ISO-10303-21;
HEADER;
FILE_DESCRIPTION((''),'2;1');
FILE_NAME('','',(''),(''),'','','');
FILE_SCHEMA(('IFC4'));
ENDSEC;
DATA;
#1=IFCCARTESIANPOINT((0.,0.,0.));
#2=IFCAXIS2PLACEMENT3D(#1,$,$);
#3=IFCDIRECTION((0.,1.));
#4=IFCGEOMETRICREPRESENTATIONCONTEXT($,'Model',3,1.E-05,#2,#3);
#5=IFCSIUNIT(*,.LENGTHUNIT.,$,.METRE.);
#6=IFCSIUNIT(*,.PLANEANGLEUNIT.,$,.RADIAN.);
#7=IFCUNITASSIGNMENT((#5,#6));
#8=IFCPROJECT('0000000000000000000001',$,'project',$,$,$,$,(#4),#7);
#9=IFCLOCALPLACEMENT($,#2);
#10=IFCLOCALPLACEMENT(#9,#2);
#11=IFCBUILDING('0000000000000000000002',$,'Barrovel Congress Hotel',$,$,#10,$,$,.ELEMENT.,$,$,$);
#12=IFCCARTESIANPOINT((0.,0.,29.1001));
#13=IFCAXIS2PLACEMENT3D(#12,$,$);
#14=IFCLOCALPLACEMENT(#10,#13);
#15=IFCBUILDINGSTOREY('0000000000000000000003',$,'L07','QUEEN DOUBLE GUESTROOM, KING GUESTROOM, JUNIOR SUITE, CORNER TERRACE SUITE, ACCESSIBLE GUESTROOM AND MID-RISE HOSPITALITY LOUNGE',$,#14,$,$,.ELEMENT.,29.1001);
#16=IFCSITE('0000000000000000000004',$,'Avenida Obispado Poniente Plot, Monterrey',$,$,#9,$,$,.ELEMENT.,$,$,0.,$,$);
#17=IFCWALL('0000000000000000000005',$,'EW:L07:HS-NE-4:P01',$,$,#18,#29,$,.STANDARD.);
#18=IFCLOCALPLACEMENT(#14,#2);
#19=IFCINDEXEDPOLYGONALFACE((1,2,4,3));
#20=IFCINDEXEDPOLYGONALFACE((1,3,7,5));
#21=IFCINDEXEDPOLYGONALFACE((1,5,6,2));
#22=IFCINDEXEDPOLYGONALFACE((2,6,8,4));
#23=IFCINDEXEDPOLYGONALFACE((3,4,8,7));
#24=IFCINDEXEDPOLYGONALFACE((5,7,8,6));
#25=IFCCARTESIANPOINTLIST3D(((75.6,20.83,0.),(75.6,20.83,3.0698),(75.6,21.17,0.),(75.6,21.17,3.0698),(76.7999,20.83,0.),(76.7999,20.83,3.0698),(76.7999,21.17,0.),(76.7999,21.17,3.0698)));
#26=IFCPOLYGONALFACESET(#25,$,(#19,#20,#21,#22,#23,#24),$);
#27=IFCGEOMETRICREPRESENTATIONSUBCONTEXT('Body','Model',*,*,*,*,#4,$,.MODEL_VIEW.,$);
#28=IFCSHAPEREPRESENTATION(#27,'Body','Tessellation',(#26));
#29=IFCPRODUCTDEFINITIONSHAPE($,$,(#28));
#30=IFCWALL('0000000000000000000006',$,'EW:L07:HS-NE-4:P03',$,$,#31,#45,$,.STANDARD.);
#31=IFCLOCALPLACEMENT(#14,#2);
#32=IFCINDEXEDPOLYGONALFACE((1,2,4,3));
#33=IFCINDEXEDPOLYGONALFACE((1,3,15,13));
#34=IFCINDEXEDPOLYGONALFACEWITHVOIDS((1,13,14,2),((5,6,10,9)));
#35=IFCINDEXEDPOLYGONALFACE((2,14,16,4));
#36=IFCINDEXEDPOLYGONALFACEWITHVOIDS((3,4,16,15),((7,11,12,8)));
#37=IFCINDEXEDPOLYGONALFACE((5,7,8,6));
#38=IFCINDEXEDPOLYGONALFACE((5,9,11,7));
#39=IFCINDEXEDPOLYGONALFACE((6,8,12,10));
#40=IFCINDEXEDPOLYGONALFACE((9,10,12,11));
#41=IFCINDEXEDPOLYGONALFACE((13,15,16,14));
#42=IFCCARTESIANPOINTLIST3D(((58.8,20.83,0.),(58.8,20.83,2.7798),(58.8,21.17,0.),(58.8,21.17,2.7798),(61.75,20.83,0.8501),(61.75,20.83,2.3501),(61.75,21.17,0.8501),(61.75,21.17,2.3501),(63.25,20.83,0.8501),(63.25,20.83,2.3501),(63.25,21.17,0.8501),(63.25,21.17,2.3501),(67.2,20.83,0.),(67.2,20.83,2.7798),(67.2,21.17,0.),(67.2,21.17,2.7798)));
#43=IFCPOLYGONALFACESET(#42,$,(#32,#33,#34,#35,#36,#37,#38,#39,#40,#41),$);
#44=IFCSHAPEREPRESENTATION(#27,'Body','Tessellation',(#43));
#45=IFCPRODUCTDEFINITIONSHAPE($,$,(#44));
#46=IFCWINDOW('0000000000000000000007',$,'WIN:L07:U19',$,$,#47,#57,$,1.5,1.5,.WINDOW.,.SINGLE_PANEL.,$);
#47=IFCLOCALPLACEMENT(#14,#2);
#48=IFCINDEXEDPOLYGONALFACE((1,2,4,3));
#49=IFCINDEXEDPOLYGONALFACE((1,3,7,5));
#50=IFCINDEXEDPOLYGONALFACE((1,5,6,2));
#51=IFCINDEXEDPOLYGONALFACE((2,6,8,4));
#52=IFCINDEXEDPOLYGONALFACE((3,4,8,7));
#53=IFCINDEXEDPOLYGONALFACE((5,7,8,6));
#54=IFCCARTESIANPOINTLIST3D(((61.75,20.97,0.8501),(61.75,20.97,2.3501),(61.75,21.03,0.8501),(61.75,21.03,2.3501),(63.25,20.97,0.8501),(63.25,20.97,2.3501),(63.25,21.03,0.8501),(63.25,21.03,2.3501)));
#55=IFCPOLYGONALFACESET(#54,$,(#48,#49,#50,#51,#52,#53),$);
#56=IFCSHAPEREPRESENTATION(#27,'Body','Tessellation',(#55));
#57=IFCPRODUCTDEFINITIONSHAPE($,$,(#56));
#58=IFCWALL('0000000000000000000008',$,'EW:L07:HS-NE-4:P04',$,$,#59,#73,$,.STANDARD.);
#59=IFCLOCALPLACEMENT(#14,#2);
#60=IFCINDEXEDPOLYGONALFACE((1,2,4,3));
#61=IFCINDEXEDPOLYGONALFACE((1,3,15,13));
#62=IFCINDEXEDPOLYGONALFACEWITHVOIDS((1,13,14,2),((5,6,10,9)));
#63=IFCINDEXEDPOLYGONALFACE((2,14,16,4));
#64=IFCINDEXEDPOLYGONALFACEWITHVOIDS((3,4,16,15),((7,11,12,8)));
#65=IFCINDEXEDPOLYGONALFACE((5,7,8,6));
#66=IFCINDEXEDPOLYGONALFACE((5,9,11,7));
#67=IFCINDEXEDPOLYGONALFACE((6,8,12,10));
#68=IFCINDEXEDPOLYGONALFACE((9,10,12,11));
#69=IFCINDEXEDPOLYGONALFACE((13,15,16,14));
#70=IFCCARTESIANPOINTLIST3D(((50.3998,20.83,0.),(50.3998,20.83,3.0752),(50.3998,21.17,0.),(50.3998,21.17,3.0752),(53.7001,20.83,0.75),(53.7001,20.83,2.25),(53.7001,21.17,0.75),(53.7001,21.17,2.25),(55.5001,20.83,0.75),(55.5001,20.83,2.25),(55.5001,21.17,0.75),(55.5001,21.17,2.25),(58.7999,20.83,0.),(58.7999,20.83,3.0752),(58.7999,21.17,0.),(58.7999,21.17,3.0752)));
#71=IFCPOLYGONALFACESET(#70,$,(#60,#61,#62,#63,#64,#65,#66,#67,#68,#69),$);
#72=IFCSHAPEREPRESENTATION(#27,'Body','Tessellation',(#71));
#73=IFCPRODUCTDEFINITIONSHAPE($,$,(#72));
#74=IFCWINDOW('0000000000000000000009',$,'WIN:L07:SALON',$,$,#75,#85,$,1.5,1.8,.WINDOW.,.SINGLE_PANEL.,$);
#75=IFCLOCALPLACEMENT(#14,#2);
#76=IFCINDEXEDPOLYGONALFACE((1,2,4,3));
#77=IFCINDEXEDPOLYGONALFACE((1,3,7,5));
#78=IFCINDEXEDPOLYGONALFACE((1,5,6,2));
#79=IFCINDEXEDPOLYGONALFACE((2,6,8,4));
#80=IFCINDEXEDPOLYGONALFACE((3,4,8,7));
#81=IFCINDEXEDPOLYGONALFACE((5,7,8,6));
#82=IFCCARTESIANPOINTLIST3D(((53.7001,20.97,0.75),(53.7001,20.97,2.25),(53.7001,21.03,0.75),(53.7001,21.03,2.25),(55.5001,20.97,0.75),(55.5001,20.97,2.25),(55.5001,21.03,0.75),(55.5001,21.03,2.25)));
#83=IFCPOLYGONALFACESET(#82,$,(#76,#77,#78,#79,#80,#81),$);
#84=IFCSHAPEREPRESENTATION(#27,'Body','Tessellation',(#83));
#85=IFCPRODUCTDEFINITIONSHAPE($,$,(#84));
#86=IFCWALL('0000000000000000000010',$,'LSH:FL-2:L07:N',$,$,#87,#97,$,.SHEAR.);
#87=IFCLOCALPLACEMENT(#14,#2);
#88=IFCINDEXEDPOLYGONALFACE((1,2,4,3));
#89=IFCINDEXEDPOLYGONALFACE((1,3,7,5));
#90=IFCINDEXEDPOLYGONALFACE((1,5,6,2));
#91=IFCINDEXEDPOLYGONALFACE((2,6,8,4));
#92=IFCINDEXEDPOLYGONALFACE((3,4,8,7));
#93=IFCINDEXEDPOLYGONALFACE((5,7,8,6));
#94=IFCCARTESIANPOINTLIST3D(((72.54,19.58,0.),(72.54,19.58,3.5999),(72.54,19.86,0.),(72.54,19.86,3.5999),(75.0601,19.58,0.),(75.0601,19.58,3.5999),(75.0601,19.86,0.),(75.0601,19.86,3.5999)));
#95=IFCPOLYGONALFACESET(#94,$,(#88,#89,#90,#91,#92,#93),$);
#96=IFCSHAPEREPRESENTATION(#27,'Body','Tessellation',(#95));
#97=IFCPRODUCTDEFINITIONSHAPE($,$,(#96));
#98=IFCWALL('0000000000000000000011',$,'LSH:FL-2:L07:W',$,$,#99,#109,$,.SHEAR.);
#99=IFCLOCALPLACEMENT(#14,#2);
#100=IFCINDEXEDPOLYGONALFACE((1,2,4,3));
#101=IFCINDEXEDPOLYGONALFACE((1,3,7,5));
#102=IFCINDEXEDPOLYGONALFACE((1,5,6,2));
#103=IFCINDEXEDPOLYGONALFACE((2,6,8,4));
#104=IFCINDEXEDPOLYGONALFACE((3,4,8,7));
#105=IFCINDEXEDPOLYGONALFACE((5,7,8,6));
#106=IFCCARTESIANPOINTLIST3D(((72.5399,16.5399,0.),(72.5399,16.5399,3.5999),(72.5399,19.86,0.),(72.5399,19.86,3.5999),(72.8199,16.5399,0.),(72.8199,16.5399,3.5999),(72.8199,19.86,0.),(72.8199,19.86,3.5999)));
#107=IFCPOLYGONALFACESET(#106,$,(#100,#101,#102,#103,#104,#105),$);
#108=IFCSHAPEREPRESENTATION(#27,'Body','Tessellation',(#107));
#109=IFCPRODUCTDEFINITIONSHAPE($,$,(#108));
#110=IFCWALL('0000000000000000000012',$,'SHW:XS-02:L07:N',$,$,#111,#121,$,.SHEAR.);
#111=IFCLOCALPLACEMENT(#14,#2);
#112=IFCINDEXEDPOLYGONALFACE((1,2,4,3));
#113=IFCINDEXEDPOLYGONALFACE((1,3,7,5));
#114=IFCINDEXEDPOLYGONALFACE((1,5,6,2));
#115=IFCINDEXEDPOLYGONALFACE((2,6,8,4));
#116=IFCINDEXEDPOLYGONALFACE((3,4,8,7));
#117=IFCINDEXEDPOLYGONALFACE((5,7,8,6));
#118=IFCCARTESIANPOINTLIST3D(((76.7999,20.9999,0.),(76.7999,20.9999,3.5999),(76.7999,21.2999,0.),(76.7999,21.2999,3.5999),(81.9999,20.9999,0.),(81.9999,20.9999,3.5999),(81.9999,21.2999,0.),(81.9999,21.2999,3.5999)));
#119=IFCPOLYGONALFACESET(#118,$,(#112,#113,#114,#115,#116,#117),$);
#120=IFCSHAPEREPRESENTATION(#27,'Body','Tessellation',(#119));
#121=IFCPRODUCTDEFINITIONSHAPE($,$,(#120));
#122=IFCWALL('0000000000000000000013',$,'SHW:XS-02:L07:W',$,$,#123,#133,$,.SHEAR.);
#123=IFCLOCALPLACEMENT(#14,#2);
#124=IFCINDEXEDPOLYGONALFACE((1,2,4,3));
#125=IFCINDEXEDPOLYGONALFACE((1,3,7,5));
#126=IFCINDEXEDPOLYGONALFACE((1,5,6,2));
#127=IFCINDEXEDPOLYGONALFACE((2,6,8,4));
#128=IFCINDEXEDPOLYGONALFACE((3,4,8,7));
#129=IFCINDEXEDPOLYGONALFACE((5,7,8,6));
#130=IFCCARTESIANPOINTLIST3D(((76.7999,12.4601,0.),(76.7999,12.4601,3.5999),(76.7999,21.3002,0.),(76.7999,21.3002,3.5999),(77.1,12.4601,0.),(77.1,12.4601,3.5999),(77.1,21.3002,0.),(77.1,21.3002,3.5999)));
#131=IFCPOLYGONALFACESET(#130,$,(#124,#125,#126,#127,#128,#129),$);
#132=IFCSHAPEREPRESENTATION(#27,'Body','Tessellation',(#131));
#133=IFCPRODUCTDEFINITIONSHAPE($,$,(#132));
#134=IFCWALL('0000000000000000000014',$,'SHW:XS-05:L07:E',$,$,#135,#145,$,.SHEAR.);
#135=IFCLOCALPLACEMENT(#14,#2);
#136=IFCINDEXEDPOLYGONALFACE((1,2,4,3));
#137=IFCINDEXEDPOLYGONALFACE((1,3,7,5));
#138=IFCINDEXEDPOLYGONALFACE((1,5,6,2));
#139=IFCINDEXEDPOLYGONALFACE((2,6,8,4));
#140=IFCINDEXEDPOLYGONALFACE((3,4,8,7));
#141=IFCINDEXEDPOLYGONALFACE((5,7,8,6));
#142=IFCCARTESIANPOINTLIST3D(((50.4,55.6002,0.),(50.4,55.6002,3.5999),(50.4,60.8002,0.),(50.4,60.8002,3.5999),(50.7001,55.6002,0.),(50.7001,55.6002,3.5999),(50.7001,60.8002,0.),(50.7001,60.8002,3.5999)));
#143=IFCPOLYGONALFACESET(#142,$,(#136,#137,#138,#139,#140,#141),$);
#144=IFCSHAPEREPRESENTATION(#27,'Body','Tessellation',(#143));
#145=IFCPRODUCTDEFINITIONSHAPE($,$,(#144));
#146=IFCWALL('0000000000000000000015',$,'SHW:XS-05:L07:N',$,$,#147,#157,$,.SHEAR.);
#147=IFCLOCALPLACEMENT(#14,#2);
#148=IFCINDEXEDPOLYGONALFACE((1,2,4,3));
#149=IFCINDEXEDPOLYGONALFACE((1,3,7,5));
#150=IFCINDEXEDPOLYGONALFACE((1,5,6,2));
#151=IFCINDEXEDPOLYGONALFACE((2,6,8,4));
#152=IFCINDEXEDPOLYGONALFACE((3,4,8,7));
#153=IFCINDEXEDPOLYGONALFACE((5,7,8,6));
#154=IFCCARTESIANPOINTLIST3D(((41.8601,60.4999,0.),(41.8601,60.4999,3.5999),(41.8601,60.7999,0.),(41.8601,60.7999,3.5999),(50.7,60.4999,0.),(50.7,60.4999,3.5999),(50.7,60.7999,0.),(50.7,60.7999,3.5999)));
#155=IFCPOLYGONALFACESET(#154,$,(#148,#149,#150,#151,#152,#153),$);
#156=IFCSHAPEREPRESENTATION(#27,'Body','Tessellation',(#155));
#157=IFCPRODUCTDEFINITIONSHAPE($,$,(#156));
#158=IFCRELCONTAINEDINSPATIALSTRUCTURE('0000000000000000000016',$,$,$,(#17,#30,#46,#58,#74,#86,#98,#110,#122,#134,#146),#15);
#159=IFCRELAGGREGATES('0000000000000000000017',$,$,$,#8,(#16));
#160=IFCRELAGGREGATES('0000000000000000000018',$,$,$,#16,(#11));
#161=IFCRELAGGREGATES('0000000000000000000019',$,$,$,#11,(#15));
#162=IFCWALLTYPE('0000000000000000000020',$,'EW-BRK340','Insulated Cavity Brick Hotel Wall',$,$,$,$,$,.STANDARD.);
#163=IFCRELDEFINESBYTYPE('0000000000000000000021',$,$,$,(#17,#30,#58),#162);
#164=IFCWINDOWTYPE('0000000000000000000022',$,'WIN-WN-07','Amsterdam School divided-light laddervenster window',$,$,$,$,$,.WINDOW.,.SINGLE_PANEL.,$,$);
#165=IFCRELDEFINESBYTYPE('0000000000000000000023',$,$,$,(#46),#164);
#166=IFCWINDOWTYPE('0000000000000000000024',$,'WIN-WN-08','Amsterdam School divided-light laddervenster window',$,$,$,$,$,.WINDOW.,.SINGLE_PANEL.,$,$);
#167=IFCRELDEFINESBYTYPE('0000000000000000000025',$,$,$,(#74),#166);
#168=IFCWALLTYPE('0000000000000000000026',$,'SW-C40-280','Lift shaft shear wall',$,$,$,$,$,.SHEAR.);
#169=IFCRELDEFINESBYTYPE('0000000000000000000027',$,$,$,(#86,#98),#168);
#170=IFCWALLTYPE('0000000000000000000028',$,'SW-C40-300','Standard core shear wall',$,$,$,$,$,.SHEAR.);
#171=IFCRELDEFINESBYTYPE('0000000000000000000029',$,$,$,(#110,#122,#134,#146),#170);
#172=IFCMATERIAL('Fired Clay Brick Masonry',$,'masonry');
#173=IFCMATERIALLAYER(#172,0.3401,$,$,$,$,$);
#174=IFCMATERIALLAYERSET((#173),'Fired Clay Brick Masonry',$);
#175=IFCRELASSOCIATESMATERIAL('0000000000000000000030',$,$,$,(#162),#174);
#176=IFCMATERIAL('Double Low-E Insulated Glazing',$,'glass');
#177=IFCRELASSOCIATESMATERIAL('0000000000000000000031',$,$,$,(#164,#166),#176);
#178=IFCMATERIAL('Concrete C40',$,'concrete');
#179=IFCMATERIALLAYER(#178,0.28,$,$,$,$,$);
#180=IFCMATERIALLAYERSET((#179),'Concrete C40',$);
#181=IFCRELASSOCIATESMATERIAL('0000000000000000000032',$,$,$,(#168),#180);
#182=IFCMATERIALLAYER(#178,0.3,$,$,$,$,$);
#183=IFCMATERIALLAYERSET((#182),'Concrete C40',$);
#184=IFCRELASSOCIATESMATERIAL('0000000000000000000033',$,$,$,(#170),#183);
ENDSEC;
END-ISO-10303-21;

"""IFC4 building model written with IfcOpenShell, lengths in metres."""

from ifc_helpers import new_model, si_unit, direction, frame, frame_2d, origin, place, context, subcontext, project, spatial, rectangle, extrude, material, layer, layer_set, type_object, element, fill, save


model = new_model("IFC4")

# Units and contexts
model_context = context("Model", 3, precision=1e-05, world=origin(), true_north=direction((0.0, 1.0)))
body_context = subcontext(model_context, "Body", "Model", "MODEL_VIEW")
ifc_project = project(units=[si_unit("LENGTHUNIT", "METRE"), si_unit("PLANEANGLEUNIT", "RADIAN")], contexts=[model_context])

# Site, building, storey
site_placement = place(None, origin())
site = spatial("IfcSite", under=ifc_project, at=site_placement, Name="Avenida Obispado Poniente Plot, Monterrey", CompositionType="ELEMENT", RefElevation=0.0)
building_placement = place(site_placement, origin())
building = spatial("IfcBuilding", under=site, at=building_placement, Name="Barrovel Congress Hotel", CompositionType="ELEMENT")
storey_placement = place(building_placement, frame((0.0, 0.0, 29.1001)))
storey = spatial("IfcBuildingStorey", under=building, at=storey_placement, Name="L07", Description="QUEEN DOUBLE GUESTROOM, KING GUESTROOM, JUNIOR SUITE, CORNER TERRACE SUITE, ACCESSIBLE GUESTROOM AND MID-RISE HOSPITALITY LOUNGE", CompositionType="ELEMENT", Elevation=29.1001)

# Shared definitions
ifc_material_1 = material(Name="Concrete C40", Category="concrete")

# Shared definitions
ifc_material_2 = material(Name="Fired Clay Brick Masonry", Category="masonry")
ifc_layer_1 = layer(ifc_material_2, 0.3401)
ifc_layer_set_1 = layer_set([ifc_layer_1], Name="Fired Clay Brick Masonry")
wall_type_1 = type_object("IfcWallType", Name="EW-BRK340", Description="Insulated Cavity Brick Hotel Wall", PredefinedType="STANDARD", material=ifc_layer_set_1)
ifc_material_3 = material(Name="Double Low-E Insulated Glazing", Category="glass")
window_type_1 = type_object("IfcWindowType", Name="WIN-WN-07", Description="Amsterdam School divided-light laddervenster window", PartitioningType="SINGLE_PANEL", PredefinedType="WINDOW", material=ifc_material_3)

# Wall
wall_1_placement = place(storey_placement, frame((76.8, 21.0, 0.0), z_axis=(0.0, 0.0, 1.0), x_axis=(-1.0, 0.0, 0.0)))
element("IfcWall", 1, at=wall_1_placement, inside=storey, type_object=wall_type_1, Name="EW:L07:HS-NE-4:P01", PredefinedType="STANDARD", context=body_context, shape_type="SweptSolid", body=[
    extrude(rectangle(XDim=1.2, YDim=0.3401, at=frame_2d((0.6001, 0.0))), origin(), (0.0, 0.0, 1.0), 3.0698),
])

# Walls, openings, windows
wall_2_placement = place(storey_placement, frame((67.2, 21.0, 0.0), z_axis=(0.0, 0.0, 1.0), x_axis=(-1.0, 0.0, 0.0)))
wall_2 = element("IfcWall", 2, at=wall_2_placement, inside=storey, type_object=wall_type_1, Name="EW:L07:HS-NE-4:P03", PredefinedType="STANDARD", context=body_context, shape_type="SweptSolid", body=[
    extrude(rectangle(XDim=8.3999, YDim=0.3401, at=frame_2d((4.2, 0.0))), origin(), (0.0, 0.0, 1.0), 2.7798),
])
opening_1_placement = place(wall_2_placement, frame((3.95, 0.0, 0.8501)))
opening_1 = element("IfcOpeningElement", 3, at=opening_1_placement, cuts=wall_2, PredefinedType="OPENING", context=body_context, shape_type="SweptSolid", body=[
    extrude(rectangle(XDim=1.5, YDim=1.5, at=frame_2d((0.75, 0.75))), frame((0.0, 0.1802, 0.0), z_axis=(0.0, -1.0, 0.0), x_axis=(1.0, 0.0, 0.0)), (0.0, 0.0, 1.0), 0.3601),
])
window_1_placement = place(opening_1_placement, origin())
window_1 = element("IfcWindow", 4, at=window_1_placement, inside=storey, type_object=window_type_1, Name="WIN:L07:U19", OverallHeight=1.5, OverallWidth=1.5, PartitioningType="SINGLE_PANEL", PredefinedType="WINDOW", context=body_context, shape_type="SweptSolid", body=[
    extrude(rectangle(XDim=1.5, YDim=1.5, at=frame_2d((0.75, 0.75))), frame((0.0, 0.03, 0.0), z_axis=(0.0, -1.0, 0.0), x_axis=(1.0, 0.0, 0.0)), (0.0, 0.0, 1.0), 0.0601),
])
fill(opening_1, window_1)
wall_3_placement = place(storey_placement, frame((58.8, 21.0, 0.0), z_axis=(0.0, 0.0, 1.0), x_axis=(-1.0, 0.0, 0.0)))
wall_3 = element("IfcWall", 5, at=wall_3_placement, inside=storey, type_object=wall_type_1, Name="EW:L07:HS-NE-4:P04", PredefinedType="STANDARD", context=body_context, shape_type="SweptSolid", body=[
    extrude(rectangle(XDim=8.4001, YDim=0.3401, at=frame_2d((4.2002, 0.0))), origin(), (0.0, 0.0, 1.0), 3.0752),
])
opening_2_placement = place(wall_3_placement, frame((3.3, 0.0, 0.75)))
opening_2 = element("IfcOpeningElement", 6, at=opening_2_placement, cuts=wall_3, PredefinedType="OPENING", context=body_context, shape_type="SweptSolid", body=[
    extrude(rectangle(XDim=1.8, YDim=1.5, at=frame_2d((0.8999, 0.75))), frame((0.0, 0.1802, 0.0), z_axis=(0.0, -1.0, 0.0), x_axis=(1.0, 0.0, 0.0)), (0.0, 0.0, 1.0), 0.3601),
])
window_type_2 = type_object("IfcWindowType", Name="WIN-WN-08", Description="Amsterdam School divided-light laddervenster window", PartitioningType="SINGLE_PANEL", PredefinedType="WINDOW", material=ifc_material_3)
window_2_placement = place(opening_2_placement, origin())
window_2 = element("IfcWindow", 7, at=window_2_placement, inside=storey, type_object=window_type_2, Name="WIN:L07:SALON", OverallHeight=1.5, OverallWidth=1.8, PartitioningType="SINGLE_PANEL", PredefinedType="WINDOW", context=body_context, shape_type="SweptSolid", body=[
    extrude(rectangle(XDim=1.8, YDim=1.5, at=frame_2d((0.8999, 0.75))), frame((0.0, 0.03, 0.0), z_axis=(0.0, -1.0, 0.0), x_axis=(1.0, 0.0, 0.0)), (0.0, 0.0, 1.0), 0.0601),
])
fill(opening_2, window_2)

# Walls
ifc_layer_2 = layer(ifc_material_1, 0.28)
ifc_layer_set_2 = layer_set([ifc_layer_2], Name="Concrete C40")
wall_type_2 = type_object("IfcWallType", Name="SW-C40-280", Description="Lift shaft shear wall", PredefinedType="SHEAR", material=ifc_layer_set_2)
wall_4_placement = place(storey_placement, frame((75.0601, 19.72, 0.0), z_axis=(0.0, 0.0, 1.0), x_axis=(-1.0, 0.0, 0.0)))
element("IfcWall", 8, at=wall_4_placement, inside=storey, type_object=wall_type_2, Name="LSH:FL-2:L07:N", PredefinedType="SHEAR", context=body_context, shape_type="SweptSolid", body=[
    extrude(rectangle(XDim=2.52, YDim=0.28, at=frame_2d((1.26, 0.0))), origin(), (0.0, 0.0, 1.0), 3.5999),
])
wall_5_placement = place(storey_placement, frame((72.6799, 19.8601, 0.0), z_axis=(0.0, 0.0, 1.0), x_axis=(0.0, -1.0, 0.0)))
element("IfcWall", 9, at=wall_5_placement, inside=storey, type_object=wall_type_2, Name="LSH:FL-2:L07:W", PredefinedType="SHEAR", context=body_context, shape_type="SweptSolid", body=[
    extrude(rectangle(XDim=3.3201, YDim=0.28, at=frame_2d((1.6602, 0.0))), origin(), (0.0, 0.0, 1.0), 3.5999),
])
ifc_layer_3 = layer(ifc_material_1, 0.3)
ifc_layer_set_3 = layer_set([ifc_layer_3], Name="Concrete C40")
wall_type_3 = type_object("IfcWallType", Name="SW-C40-300", Description="Standard core shear wall", PredefinedType="SHEAR", material=ifc_layer_set_3)
wall_6_placement = place(storey_placement, frame((82.0, 21.1499, 0.0), z_axis=(0.0, 0.0, 1.0), x_axis=(-1.0, 0.0, 0.0)))
element("IfcWall", 10, at=wall_6_placement, inside=storey, type_object=wall_type_3, Name="SHW:XS-02:L07:N", PredefinedType="SHEAR", context=body_context, shape_type="SweptSolid", body=[
    extrude(rectangle(XDim=5.2, YDim=0.3, at=frame_2d((2.6001, 0.0))), origin(), (0.0, 0.0, 1.0), 3.5999),
])
wall_7_placement = place(storey_placement, frame((76.95, 21.3, 0.0), z_axis=(0.0, 0.0, 1.0), x_axis=(0.0, -1.0, 0.0)))
element("IfcWall", 11, at=wall_7_placement, inside=storey, type_object=wall_type_3, Name="SHW:XS-02:L07:W", PredefinedType="SHEAR", context=body_context, shape_type="SweptSolid", body=[
    extrude(rectangle(XDim=8.8401, YDim=0.3, at=frame_2d((4.4199, 0.0))), origin(), (0.0, 0.0, 1.0), 3.5999),
])
wall_8_placement = place(storey_placement, frame((50.55, 55.6001, 0.0), z_axis=(0.0, 0.0, 1.0), x_axis=(0.0, 1.0, 0.0)))
element("IfcWall", 12, at=wall_8_placement, inside=storey, type_object=wall_type_3, Name="SHW:XS-05:L07:E", PredefinedType="SHEAR", context=body_context, shape_type="SweptSolid", body=[
    extrude(rectangle(XDim=5.2, YDim=0.3, at=frame_2d((2.6001, 0.0))), origin(), (0.0, 0.0, 1.0), 3.5999),
])
wall_9_placement = place(storey_placement, frame((50.7, 60.6499, 0.0), z_axis=(0.0, 0.0, 1.0), x_axis=(-1.0, 0.0, 0.0)))
element("IfcWall", 13, at=wall_9_placement, inside=storey, type_object=wall_type_3, Name="SHW:XS-05:L07:N", PredefinedType="SHEAR", context=body_context, shape_type="SweptSolid", body=[
    extrude(rectangle(XDim=8.8398, YDim=0.3, at=frame_2d((4.4199, 0.0))), origin(), (0.0, 0.0, 1.0), 3.5999),
])

save(model, "model.ifc")
